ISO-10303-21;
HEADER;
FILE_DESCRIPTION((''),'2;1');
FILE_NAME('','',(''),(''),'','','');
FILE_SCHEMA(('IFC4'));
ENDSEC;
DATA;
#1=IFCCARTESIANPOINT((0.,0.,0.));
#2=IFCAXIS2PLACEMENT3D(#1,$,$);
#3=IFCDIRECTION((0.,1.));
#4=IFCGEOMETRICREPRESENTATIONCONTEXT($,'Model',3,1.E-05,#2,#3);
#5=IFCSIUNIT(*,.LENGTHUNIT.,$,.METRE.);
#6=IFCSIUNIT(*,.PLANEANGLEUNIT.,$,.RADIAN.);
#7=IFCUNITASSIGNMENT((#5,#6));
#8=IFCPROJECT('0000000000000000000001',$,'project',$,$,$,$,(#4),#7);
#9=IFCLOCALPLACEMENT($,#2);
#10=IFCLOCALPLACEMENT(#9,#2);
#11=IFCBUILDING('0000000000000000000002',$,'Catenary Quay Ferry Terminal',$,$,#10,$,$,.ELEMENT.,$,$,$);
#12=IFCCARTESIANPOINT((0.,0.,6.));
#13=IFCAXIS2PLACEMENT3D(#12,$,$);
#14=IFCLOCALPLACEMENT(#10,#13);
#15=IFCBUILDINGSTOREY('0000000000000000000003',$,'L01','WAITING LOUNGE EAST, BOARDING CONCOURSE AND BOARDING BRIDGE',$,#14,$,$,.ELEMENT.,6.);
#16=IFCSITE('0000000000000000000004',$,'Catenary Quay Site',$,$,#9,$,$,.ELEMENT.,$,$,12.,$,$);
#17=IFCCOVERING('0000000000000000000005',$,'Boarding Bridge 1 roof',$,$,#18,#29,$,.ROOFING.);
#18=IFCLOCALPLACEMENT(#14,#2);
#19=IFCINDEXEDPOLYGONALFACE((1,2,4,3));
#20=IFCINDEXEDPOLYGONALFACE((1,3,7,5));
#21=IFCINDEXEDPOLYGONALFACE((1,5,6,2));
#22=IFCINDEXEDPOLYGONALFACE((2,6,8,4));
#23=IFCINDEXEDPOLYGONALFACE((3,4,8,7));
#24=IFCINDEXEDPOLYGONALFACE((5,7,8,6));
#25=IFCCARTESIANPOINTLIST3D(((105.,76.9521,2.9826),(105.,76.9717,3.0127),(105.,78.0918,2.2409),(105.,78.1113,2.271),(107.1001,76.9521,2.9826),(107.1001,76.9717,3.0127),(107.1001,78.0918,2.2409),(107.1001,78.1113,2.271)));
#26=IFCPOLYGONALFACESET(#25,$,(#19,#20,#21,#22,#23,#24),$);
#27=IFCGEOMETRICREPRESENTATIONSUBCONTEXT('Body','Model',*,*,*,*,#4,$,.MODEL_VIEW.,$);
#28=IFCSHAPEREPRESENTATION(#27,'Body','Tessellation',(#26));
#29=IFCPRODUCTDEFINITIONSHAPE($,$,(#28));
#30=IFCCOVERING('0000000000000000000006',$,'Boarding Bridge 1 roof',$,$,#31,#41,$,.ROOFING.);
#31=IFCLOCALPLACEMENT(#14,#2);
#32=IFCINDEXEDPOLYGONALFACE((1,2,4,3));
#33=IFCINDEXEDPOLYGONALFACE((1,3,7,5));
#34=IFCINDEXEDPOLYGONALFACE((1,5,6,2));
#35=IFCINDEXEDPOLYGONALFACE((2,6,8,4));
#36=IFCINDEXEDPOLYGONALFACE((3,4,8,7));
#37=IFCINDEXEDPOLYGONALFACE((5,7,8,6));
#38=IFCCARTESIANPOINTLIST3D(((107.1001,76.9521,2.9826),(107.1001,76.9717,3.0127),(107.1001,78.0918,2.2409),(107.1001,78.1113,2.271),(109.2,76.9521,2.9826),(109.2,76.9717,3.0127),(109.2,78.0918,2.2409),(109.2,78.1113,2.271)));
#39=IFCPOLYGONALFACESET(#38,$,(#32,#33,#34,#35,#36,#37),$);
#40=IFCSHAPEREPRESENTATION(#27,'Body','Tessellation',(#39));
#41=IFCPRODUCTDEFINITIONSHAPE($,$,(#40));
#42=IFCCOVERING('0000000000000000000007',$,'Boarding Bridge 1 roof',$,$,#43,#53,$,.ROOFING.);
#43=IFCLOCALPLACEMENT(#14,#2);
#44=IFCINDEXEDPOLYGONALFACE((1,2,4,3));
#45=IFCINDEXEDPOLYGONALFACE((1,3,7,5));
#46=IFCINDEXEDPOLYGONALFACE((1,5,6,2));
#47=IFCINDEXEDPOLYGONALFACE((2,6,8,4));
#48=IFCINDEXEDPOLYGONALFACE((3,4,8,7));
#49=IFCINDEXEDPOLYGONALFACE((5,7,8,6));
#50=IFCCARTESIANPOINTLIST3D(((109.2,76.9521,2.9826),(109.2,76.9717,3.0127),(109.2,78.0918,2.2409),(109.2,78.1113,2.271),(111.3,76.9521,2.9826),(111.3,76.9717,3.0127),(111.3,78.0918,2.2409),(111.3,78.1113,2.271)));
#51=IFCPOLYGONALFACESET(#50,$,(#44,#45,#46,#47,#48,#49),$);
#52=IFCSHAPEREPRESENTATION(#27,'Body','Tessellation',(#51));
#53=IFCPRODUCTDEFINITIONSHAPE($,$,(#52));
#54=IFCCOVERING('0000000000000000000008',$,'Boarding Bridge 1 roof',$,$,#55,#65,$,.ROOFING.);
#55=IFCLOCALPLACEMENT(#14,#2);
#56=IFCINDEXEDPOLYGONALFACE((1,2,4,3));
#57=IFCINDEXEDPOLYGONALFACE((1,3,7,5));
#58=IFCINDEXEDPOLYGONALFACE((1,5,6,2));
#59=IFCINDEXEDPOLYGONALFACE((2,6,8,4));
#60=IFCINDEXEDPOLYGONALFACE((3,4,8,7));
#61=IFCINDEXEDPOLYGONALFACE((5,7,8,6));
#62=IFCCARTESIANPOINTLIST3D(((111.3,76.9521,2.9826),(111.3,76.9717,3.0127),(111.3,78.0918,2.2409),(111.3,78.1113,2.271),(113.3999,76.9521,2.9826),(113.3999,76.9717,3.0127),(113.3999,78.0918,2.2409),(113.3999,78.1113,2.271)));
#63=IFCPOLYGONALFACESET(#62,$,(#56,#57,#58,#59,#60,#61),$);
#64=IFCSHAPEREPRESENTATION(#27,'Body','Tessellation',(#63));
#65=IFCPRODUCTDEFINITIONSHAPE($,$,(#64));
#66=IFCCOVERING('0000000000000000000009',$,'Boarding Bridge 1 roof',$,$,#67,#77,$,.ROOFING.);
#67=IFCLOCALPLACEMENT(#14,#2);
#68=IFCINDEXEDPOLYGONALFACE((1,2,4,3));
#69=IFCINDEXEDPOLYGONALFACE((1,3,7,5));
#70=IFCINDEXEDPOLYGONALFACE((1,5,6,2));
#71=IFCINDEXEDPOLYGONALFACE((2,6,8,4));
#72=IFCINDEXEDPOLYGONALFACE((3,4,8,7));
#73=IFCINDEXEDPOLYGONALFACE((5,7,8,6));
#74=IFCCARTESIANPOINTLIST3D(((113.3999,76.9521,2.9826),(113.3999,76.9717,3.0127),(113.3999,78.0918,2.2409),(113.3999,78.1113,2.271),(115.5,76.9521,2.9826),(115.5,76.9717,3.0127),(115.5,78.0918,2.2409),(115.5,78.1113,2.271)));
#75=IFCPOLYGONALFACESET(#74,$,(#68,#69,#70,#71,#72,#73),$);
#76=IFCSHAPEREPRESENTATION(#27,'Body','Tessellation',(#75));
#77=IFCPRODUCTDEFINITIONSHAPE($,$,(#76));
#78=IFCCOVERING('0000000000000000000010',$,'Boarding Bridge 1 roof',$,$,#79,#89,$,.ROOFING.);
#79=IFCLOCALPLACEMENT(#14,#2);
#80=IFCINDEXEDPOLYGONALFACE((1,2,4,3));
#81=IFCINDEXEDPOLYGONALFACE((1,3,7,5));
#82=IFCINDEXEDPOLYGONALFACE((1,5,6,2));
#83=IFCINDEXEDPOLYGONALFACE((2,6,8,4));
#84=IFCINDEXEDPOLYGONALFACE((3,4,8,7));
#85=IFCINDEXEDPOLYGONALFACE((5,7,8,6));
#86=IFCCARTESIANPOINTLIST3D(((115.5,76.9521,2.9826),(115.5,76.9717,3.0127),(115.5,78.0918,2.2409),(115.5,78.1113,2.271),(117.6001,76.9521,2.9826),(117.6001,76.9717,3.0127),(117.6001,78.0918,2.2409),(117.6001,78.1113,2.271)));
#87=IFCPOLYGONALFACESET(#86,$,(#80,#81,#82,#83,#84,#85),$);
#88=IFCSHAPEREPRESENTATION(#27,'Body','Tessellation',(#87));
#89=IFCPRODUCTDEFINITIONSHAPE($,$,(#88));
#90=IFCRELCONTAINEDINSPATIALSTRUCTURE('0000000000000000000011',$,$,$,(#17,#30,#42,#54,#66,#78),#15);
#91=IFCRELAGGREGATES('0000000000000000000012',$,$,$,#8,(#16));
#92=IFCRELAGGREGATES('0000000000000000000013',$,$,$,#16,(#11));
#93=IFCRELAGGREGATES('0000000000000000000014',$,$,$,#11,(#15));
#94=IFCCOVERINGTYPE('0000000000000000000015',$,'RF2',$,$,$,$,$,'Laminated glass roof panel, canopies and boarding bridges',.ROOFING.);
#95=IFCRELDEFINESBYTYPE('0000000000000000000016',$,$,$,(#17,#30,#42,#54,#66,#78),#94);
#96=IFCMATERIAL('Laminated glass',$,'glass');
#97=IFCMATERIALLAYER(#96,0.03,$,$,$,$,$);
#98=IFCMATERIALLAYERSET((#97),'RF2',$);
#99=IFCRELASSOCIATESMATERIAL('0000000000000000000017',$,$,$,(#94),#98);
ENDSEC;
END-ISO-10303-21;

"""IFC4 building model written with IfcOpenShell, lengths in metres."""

from ifc_helpers import new_model, si_unit, direction, frame, origin, place, context, subcontext, project, spatial, polyline, outline, extrude, material, layer, layer_set, type_object, element, save


model = new_model("IFC4")

# Units and contexts
model_context = context("Model", 3, precision=1e-05, world=origin(), true_north=direction((0.0, 1.0)))
body_context = subcontext(model_context, "Body", "Model", "MODEL_VIEW")
ifc_project = project(units=[si_unit("LENGTHUNIT", "METRE"), si_unit("PLANEANGLEUNIT", "RADIAN")], contexts=[model_context])

# Site, building, storey
site_placement = place(None, origin())
site = spatial("IfcSite", under=ifc_project, at=site_placement, Name="Catenary Quay Site", CompositionType="ELEMENT", RefElevation=12.0)
building_placement = place(site_placement, origin())
building = spatial("IfcBuilding", under=site, at=building_placement, Name="Catenary Quay Ferry Terminal", CompositionType="ELEMENT")
storey_placement = place(building_placement, frame((0.0, 0.0, 6.0)))
storey = spatial("IfcBuildingStorey", under=building, at=storey_placement, Name="L01", Description="WAITING LOUNGE EAST, BOARDING CONCOURSE AND BOARDING BRIDGE", CompositionType="ELEMENT", Elevation=6.0)

# Coverings
ifc_material_1 = material(Name="Laminated glass", Category="glass")
ifc_layer_1 = layer(ifc_material_1, 0.03)
ifc_layer_set_1 = layer_set([ifc_layer_1], Name="RF2")
covering_type = type_object("IfcCoveringType", Name="RF2", ElementType="Laminated glass roof panel, canopies and boarding bridges", PredefinedType="ROOFING", material=ifc_layer_set_1)
covering_1_placement = place(storey_placement, frame((105.0, 76.9717, 3.0127), z_axis=(0.0, 0.545468, 0.838132), x_axis=(1.0, 0.0, 0.0)))
element("IfcCovering", 1, at=covering_1_placement, inside=storey, type_object=covering_type, Name="Boarding Bridge 1 roof", PredefinedType="ROOFING", context=body_context, shape_type="SweptSolid", body=[
    extrude(outline(polyline([(0.0, 0.0), (2.1001, 0.0), (2.1001, 1.3597), (0.0, 1.3597), (0.0, 0.0)])), origin(), (0.0, 0.0, -1.0), 0.0359),
])
covering_2_placement = place(storey_placement, frame((107.1001, 76.9717, 3.0127), z_axis=(0.0, 0.545468, 0.838132), x_axis=(1.0, 0.0, 0.0)))
element("IfcCovering", 2, at=covering_2_placement, inside=storey, type_object=covering_type, Name="Boarding Bridge 1 roof", PredefinedType="ROOFING", context=body_context, shape_type="SweptSolid", body=[
    extrude(outline(polyline([(0.0, 0.0), (2.0999, 0.0), (2.0999, 1.3597), (0.0, 1.3597), (0.0, 0.0)])), origin(), (0.0, 0.0, -1.0), 0.0359),
])
covering_3_placement = place(storey_placement, frame((109.2, 76.9717, 3.0127), z_axis=(0.0, 0.545468, 0.838132), x_axis=(1.0, 0.0, 0.0)))
element("IfcCovering", 3, at=covering_3_placement, inside=storey, type_object=covering_type, Name="Boarding Bridge 1 roof", PredefinedType="ROOFING", context=body_context, shape_type="SweptSolid", body=[
    extrude(outline(polyline([(0.0, 0.0), (2.1001, 0.0), (2.1001, 1.3597), (0.0, 1.3597), (0.0, 0.0)])), origin(), (0.0, 0.0, -1.0), 0.0359),
])
covering_4_placement = place(storey_placement, frame((111.3, 76.9717, 3.0127), z_axis=(0.0, 0.545468, 0.838132), x_axis=(1.0, 0.0, 0.0)))
element("IfcCovering", 4, at=covering_4_placement, inside=storey, type_object=covering_type, Name="Boarding Bridge 1 roof", PredefinedType="ROOFING", context=body_context, shape_type="SweptSolid", body=[
    extrude(outline(polyline([(0.0, 0.0), (2.0999, 0.0), (2.0999, 1.3597), (0.0, 1.3597), (0.0, 0.0)])), origin(), (0.0, 0.0, -1.0), 0.0359),
])
for number, where, z_axis, x_axis, name in (
    (5, (113.3999, 76.9717, 3.0127), (0.0, 0.545468, 0.838132), (1.0, 0.0, 0.0), "Boarding Bridge 1 roof"),
    (6, (115.5, 76.9717, 3.0127), (0.0, 0.545468, 0.838132), (1.0, 0.0, 0.0), "Boarding Bridge 1 roof"),
):
    element("IfcCovering", number, at=place(storey_placement, frame(where, z_axis=z_axis, x_axis=x_axis)), inside=storey, type_object=covering_type, Name=name, PredefinedType="ROOFING", context=body_context, shape_type="SweptSolid", body=[
        extrude(outline(polyline([(0.0, 0.0), (2.1001, 0.0), (2.1001, 1.3597), (0.0, 1.3597), (0.0, 0.0)])), origin(), (0.0, 0.0, -1.0), 0.0359),
    ])

save(model, "model.ifc")
